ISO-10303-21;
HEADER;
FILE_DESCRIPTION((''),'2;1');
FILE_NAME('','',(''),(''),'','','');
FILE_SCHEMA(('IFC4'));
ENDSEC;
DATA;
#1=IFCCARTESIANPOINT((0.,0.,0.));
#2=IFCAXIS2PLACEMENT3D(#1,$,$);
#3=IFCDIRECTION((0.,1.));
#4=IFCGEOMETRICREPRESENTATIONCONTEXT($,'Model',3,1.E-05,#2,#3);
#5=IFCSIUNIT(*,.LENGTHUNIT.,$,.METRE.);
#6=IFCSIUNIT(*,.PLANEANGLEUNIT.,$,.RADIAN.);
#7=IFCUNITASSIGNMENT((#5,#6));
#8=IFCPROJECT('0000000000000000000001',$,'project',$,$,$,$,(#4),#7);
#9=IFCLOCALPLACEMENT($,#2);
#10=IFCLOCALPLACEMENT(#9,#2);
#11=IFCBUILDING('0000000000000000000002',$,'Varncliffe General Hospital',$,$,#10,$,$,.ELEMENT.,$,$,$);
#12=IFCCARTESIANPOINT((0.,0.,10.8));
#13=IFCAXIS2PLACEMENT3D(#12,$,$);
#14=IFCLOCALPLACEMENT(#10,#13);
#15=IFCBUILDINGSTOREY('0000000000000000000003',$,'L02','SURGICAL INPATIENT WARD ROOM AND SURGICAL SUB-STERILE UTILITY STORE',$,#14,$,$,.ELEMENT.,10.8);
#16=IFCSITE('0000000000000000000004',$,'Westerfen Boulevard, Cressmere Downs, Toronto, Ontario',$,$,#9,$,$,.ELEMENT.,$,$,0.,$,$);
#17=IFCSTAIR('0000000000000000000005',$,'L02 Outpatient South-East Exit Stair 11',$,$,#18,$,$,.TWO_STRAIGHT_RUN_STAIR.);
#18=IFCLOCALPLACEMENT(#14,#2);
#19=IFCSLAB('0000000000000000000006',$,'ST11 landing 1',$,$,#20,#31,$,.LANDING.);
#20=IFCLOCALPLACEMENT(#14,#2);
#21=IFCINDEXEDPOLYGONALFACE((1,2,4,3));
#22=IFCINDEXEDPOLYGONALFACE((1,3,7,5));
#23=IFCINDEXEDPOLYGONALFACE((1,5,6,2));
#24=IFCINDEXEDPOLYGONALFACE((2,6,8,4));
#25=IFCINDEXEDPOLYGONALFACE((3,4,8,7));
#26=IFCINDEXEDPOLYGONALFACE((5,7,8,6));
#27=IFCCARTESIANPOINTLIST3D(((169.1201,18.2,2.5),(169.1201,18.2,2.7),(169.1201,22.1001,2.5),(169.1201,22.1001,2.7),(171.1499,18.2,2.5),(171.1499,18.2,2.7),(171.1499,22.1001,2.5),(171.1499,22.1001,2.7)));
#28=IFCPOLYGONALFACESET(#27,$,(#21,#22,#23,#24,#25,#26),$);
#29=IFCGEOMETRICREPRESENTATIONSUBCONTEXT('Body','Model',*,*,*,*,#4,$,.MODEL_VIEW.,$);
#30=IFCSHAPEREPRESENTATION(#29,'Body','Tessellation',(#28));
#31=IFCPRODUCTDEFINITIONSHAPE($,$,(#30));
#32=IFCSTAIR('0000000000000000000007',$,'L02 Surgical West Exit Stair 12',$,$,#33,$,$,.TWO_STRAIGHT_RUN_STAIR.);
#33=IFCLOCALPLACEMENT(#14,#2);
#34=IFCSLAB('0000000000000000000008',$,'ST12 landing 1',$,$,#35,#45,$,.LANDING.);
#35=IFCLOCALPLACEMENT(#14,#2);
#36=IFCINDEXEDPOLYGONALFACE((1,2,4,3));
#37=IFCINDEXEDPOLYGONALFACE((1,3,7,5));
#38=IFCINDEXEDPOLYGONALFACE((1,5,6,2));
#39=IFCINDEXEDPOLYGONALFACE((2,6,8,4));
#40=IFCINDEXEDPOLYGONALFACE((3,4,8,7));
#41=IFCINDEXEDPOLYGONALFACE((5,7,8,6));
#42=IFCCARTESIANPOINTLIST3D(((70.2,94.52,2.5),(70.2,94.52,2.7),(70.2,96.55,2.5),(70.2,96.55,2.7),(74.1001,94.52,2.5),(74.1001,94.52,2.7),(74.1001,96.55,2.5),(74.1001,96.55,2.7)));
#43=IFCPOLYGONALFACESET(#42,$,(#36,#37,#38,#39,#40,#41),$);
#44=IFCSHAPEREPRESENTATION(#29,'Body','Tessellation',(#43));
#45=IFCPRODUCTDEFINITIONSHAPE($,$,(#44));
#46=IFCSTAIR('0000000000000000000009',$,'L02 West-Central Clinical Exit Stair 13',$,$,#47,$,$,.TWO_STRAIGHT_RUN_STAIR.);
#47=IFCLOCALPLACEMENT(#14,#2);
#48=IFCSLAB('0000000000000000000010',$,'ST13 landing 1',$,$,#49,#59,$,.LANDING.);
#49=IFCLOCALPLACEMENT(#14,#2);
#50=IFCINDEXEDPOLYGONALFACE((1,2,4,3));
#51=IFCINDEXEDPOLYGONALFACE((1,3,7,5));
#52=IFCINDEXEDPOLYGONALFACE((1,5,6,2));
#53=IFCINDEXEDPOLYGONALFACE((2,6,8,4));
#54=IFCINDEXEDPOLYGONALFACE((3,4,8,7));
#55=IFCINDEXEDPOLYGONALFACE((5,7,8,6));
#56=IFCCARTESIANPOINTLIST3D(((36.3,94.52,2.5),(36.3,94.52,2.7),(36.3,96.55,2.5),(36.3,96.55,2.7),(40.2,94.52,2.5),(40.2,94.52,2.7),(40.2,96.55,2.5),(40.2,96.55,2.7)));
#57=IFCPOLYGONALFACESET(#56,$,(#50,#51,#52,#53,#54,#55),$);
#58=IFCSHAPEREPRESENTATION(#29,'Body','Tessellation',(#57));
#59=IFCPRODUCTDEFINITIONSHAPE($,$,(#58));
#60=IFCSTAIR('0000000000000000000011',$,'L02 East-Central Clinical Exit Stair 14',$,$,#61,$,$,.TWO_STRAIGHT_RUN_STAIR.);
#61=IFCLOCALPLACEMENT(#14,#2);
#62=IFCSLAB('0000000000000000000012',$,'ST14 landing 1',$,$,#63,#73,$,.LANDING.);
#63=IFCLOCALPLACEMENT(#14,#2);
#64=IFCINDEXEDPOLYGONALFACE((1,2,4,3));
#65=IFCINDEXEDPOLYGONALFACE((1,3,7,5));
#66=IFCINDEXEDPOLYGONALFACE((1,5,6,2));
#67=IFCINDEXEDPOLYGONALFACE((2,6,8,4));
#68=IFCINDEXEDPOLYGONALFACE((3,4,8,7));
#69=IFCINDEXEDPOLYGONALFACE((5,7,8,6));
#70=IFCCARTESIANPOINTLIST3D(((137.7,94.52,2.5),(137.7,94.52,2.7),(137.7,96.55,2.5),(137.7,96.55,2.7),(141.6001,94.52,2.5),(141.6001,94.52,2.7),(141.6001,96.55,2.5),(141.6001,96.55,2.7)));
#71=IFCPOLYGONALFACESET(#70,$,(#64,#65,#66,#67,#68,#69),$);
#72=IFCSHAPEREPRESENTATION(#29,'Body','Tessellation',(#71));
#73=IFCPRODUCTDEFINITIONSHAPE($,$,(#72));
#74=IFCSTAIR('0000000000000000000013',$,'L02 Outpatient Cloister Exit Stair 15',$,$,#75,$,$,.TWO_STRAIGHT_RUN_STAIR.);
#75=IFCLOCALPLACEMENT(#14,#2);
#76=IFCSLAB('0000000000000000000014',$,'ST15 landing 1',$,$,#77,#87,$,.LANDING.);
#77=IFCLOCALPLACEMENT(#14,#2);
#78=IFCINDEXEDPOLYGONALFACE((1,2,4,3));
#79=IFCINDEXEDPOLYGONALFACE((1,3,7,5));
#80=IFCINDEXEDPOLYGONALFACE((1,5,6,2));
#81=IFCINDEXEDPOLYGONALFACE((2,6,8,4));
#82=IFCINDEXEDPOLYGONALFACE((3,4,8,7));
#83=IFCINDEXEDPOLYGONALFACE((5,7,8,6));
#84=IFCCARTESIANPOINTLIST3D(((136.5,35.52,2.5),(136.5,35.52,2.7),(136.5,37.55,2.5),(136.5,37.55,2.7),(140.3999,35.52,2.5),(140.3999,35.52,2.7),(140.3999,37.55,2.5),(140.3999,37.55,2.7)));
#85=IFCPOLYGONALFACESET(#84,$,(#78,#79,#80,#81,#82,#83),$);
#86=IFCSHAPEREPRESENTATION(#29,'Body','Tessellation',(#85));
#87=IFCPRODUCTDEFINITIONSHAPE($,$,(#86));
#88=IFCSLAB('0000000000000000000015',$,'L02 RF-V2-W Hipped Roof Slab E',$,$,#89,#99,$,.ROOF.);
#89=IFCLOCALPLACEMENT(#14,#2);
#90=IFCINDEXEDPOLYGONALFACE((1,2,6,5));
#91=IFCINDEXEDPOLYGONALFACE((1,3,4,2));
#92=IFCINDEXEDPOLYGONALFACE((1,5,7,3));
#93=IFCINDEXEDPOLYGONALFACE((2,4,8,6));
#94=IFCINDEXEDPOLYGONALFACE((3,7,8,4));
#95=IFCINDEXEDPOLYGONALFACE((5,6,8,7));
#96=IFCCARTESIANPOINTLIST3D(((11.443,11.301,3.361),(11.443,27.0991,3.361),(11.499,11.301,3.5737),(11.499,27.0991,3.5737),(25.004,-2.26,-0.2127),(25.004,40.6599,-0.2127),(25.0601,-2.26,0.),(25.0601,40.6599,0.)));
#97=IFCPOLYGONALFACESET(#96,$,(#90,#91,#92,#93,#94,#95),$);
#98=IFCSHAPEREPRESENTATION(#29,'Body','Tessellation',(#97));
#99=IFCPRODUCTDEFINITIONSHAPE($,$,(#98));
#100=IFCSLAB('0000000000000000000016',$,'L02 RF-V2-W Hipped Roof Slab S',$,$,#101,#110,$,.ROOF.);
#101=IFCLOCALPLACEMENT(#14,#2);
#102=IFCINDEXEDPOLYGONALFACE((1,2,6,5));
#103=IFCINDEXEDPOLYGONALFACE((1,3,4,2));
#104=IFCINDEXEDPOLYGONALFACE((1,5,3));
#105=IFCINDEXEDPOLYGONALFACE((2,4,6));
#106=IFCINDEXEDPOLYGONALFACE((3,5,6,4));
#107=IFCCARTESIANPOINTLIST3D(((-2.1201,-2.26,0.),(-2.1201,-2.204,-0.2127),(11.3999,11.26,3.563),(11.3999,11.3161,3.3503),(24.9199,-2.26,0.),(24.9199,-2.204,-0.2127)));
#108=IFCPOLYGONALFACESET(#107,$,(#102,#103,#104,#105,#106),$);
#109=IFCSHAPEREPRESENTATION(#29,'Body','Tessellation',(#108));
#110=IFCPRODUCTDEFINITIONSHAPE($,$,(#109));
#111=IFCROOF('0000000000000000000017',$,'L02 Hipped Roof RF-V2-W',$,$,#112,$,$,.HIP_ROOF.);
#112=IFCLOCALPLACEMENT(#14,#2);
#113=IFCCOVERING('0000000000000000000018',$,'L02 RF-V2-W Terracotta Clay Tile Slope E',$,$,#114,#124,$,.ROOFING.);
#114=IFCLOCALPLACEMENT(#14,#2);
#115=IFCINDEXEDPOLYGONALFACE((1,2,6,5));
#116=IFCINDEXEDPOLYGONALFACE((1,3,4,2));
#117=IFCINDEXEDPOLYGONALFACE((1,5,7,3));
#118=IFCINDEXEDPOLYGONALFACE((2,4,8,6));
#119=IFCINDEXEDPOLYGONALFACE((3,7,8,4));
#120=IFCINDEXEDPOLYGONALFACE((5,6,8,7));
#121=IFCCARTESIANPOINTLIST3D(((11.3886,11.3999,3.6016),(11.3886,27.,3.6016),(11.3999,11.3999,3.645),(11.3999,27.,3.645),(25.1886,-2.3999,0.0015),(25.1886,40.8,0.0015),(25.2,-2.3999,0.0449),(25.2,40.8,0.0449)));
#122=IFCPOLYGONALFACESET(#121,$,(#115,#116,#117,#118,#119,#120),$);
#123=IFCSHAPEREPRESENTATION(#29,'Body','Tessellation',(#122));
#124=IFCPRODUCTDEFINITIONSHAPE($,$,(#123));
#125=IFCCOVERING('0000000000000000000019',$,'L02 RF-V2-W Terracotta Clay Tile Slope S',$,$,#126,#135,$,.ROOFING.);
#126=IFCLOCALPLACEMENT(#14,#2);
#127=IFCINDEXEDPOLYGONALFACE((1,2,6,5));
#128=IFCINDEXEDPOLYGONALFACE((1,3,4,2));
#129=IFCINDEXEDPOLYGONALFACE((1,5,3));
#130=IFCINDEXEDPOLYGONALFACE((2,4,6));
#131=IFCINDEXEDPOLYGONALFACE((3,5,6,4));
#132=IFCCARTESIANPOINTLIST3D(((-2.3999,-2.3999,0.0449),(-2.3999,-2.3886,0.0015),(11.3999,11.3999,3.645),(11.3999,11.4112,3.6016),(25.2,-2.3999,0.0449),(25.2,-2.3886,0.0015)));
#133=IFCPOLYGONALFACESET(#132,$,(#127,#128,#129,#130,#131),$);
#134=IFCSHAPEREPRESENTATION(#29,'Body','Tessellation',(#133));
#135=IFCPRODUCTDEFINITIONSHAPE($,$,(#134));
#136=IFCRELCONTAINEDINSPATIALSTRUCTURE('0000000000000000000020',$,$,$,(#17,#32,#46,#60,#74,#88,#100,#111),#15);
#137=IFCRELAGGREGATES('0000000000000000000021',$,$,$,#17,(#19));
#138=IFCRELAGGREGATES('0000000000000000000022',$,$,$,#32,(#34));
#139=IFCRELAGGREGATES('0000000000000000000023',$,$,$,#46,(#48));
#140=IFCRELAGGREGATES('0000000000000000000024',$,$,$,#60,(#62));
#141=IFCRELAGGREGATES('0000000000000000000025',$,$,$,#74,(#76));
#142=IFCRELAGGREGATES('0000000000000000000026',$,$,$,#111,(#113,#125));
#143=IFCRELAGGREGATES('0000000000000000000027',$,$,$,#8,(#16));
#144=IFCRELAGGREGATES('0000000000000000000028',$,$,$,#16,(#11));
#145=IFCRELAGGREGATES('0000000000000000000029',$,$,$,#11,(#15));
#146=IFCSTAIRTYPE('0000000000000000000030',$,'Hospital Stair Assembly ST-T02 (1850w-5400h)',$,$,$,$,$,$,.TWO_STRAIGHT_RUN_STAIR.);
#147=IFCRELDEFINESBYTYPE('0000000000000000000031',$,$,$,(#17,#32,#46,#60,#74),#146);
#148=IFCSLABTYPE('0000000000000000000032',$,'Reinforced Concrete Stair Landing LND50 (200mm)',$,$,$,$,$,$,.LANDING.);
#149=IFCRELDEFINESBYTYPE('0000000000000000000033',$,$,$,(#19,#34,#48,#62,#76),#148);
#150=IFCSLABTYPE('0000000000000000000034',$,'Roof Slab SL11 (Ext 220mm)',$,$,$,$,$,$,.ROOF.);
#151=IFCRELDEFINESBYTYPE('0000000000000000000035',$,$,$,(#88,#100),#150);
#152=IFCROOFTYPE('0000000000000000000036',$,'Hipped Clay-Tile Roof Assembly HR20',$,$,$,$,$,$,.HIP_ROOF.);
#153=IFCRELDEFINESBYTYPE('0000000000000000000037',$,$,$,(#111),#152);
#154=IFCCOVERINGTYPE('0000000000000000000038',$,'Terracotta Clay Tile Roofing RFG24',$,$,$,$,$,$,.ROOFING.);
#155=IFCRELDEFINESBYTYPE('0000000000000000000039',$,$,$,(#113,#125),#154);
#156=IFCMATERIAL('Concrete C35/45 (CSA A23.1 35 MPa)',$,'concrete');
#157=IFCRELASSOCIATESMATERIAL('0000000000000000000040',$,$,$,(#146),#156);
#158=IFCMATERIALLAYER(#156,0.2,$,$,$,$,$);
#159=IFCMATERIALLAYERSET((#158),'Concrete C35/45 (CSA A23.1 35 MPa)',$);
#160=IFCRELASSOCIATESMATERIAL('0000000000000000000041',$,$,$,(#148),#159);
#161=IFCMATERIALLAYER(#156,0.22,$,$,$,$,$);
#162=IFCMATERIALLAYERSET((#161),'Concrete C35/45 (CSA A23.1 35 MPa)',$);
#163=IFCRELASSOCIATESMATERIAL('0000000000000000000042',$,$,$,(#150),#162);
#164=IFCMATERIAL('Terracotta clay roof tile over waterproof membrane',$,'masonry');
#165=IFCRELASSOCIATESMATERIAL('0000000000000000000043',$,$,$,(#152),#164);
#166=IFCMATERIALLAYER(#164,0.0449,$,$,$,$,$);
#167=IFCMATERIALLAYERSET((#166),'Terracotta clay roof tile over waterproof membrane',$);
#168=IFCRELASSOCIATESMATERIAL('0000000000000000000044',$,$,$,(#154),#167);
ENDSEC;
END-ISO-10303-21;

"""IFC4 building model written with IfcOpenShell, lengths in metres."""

from ifc_helpers import new_model, si_unit, direction, frame, origin, place, context, subcontext, project, spatial, polyline, outline, extrude, material, layer, layer_set, type_object, element, aggregate, save


model = new_model("IFC4")

# Units and contexts
model_context = context("Model", 3, precision=1e-05, world=origin(), true_north=direction((0.0, 1.0)))
body_context = subcontext(model_context, "Body", "Model", "MODEL_VIEW")
ifc_project = project(units=[si_unit("LENGTHUNIT", "METRE"), si_unit("PLANEANGLEUNIT", "RADIAN")], contexts=[model_context])

# Site, building, storey
site_placement = place(None, origin())
site = spatial("IfcSite", under=ifc_project, at=site_placement, Name="Westerfen Boulevard, Cressmere Downs, Toronto, Ontario", CompositionType="ELEMENT", RefElevation=0.0)
building_placement = place(site_placement, origin())
building = spatial("IfcBuilding", under=site, at=building_placement, Name="Varncliffe General Hospital", CompositionType="ELEMENT")
storey_placement = place(building_placement, frame((0.0, 0.0, 10.8)))
storey = spatial("IfcBuildingStorey", under=building, at=storey_placement, Name="L02", Description="SURGICAL INPATIENT WARD ROOM AND SURGICAL SUB-STERILE UTILITY STORE", CompositionType="ELEMENT", Elevation=10.8)

# Shared definitions
ifc_material_1 = material(Name="Concrete C35/45 (CSA A23.1 35 MPa)", Category="concrete")

# Stairs, slabs
stair_type = type_object("IfcStairType", Name="Hospital Stair Assembly ST-T02 (1850w-5400h)", PredefinedType="TWO_STRAIGHT_RUN_STAIR", material=ifc_material_1)
ifc_layer_1 = layer(ifc_material_1, 0.2)
ifc_layer_set_1 = layer_set([ifc_layer_1], Name="Concrete C35/45 (CSA A23.1 35 MPa)")
slab_type_1 = type_object("IfcSlabType", Name="Reinforced Concrete Stair Landing LND50 (200mm)", PredefinedType="LANDING", material=ifc_layer_set_1)
stair_1_placement = place(storey_placement, origin())
stair_1 = element("IfcStair", 1, at=stair_1_placement, inside=storey, type_object=stair_type, Name="L02 Outpatient South-East Exit Stair 11", PredefinedType="TWO_STRAIGHT_RUN_STAIR")
slab_1_placement = place(storey_placement, frame((0.0, 0.0, 2.5)))
slab_1 = element("IfcSlab", 2, at=slab_1_placement, type_object=slab_type_1, Name="ST11 landing 1", PredefinedType="LANDING", context=body_context, shape_type="SweptSolid", body=[
    extrude(outline(polyline([(169.1201, 18.2), (171.1499, 18.2), (171.1499, 22.1001), (169.1201, 22.1001), (169.1201, 18.2)])), origin(), (0.0, 0.0, 1.0), 0.2),
])
aggregate(stair_1, [slab_1])
stair_2_placement = place(storey_placement, origin())
stair_2 = element("IfcStair", 3, at=stair_2_placement, inside=storey, type_object=stair_type, Name="L02 Surgical West Exit Stair 12", PredefinedType="TWO_STRAIGHT_RUN_STAIR")
slab_2_placement = place(storey_placement, frame((0.0, 0.0, 2.5)))
slab_2 = element("IfcSlab", 4, at=slab_2_placement, type_object=slab_type_1, Name="ST12 landing 1", PredefinedType="LANDING", context=body_context, shape_type="SweptSolid", body=[
    extrude(outline(polyline([(74.1001, 94.52), (74.1001, 96.55), (70.2, 96.55), (70.2, 94.52), (74.1001, 94.52)])), origin(), (0.0, 0.0, 1.0), 0.2),
])
aggregate(stair_2, [slab_2])
stair_3_placement = place(storey_placement, origin())
stair_3 = element("IfcStair", 5, at=stair_3_placement, inside=storey, type_object=stair_type, Name="L02 West-Central Clinical Exit Stair 13", PredefinedType="TWO_STRAIGHT_RUN_STAIR")
slab_3_placement = place(storey_placement, frame((0.0, 0.0, 2.5)))
slab_3 = element("IfcSlab", 6, at=slab_3_placement, type_object=slab_type_1, Name="ST13 landing 1", PredefinedType="LANDING", context=body_context, shape_type="SweptSolid", body=[
    extrude(outline(polyline([(40.2, 94.52), (40.2, 96.55), (36.3, 96.55), (36.3, 94.52), (40.2, 94.52)])), origin(), (0.0, 0.0, 1.0), 0.2),
])
aggregate(stair_3, [slab_3])
stair_4_placement = place(storey_placement, origin())
stair_4 = element("IfcStair", 7, at=stair_4_placement, inside=storey, type_object=stair_type, Name="L02 East-Central Clinical Exit Stair 14", PredefinedType="TWO_STRAIGHT_RUN_STAIR")
slab_4_placement = place(storey_placement, frame((0.0, 0.0, 2.5)))
slab_4 = element("IfcSlab", 8, at=slab_4_placement, type_object=slab_type_1, Name="ST14 landing 1", PredefinedType="LANDING", context=body_context, shape_type="SweptSolid", body=[
    extrude(outline(polyline([(141.6001, 94.52), (141.6001, 96.55), (137.7, 96.55), (137.7, 94.52), (141.6001, 94.52)])), origin(), (0.0, 0.0, 1.0), 0.2),
])
aggregate(stair_4, [slab_4])
stair_5_placement = place(storey_placement, origin())
stair_5 = element("IfcStair", 9, at=stair_5_placement, inside=storey, type_object=stair_type, Name="L02 Outpatient Cloister Exit Stair 15", PredefinedType="TWO_STRAIGHT_RUN_STAIR")
slab_5_placement = place(storey_placement, frame((0.0, 0.0, 2.5)))
slab_5 = element("IfcSlab", 10, at=slab_5_placement, type_object=slab_type_1, Name="ST15 landing 1", PredefinedType="LANDING", context=body_context, shape_type="SweptSolid", body=[
    extrude(outline(polyline([(140.3999, 35.52), (140.3999, 37.55), (136.5, 37.55), (136.5, 35.52), (140.3999, 35.52)])), origin(), (0.0, 0.0, 1.0), 0.2),
])
aggregate(stair_5, [slab_5])

# Slabs
ifc_layer_2 = layer(ifc_material_1, 0.22)
ifc_layer_set_2 = layer_set([ifc_layer_2], Name="Concrete C35/45 (CSA A23.1 35 MPa)")
slab_type_2 = type_object("IfcSlabType", Name="Roof Slab SL11 (Ext 220mm)", PredefinedType="ROOF", material=ifc_layer_set_2)
slab_6_placement = place(storey_placement, frame((25.0601, -2.26, 0.0), z_axis=(0.254829, 0.0, 0.966986), x_axis=(0.0, 1.0, 0.0)))
element("IfcSlab", 11, at=slab_6_placement, inside=storey, type_object=slab_type_2, Name="L02 RF-V2-W Hipped Roof Slab E", PredefinedType="ROOF", context=body_context, shape_type="SweptSolid", body=[
    extrude(outline(polyline([(0.0, 0.0), (42.9199, 0.0), (29.3591, 14.024), (13.561, 14.024), (0.0, 0.0)])), origin(), (0.0, 0.0, -1.0), 0.22),
])
slab_7_placement = place(storey_placement, frame((-2.1201, -2.26, 0.0), z_axis=(0.0, -0.254834, 0.966985), x_axis=(1.0, 0.0, 0.0)))
element("IfcSlab", 12, at=slab_7_placement, inside=storey, type_object=slab_type_2, Name="L02 RF-V2-W Hipped Roof Slab S", PredefinedType="ROOF", context=body_context, shape_type="SweptSolid", body=[
    extrude(outline(polyline([(0.0, 0.0), (27.04, 0.0), (13.52, 13.9816), (0.0, 0.0)])), origin(), (0.0, 0.0, -1.0), 0.22),
])

# Roof, coverings
ifc_material_2 = material(Name="Terracotta clay roof tile over waterproof membrane", Category="masonry")
roof_type = type_object("IfcRoofType", Name="Hipped Clay-Tile Roof Assembly HR20", PredefinedType="HIP_ROOF", material=ifc_material_2)
roof_placement = place(storey_placement, origin())
roof = element("IfcRoof", 13, at=roof_placement, inside=storey, type_object=roof_type, Name="L02 Hipped Roof RF-V2-W", PredefinedType="HIP_ROOF")
ifc_layer_3 = layer(ifc_material_2, 0.0449)
ifc_layer_set_3 = layer_set([ifc_layer_3], Name="Terracotta clay roof tile over waterproof membrane")
covering_type = type_object("IfcCoveringType", Name="Terracotta Clay Tile Roofing RFG24", PredefinedType="ROOFING", material=ifc_layer_set_3)
covering_1_placement = place(storey_placement, frame((25.2, -2.3999, 0.0449), z_axis=(0.252427, 0.0, 0.967616), x_axis=(0.0, 1.0, 0.0)))
covering_1 = element("IfcCovering", 14, at=covering_1_placement, type_object=covering_type, Name="L02 RF-V2-W Terracotta Clay Tile Slope E", PredefinedType="ROOFING", context=body_context, shape_type="SweptSolid", body=[
    extrude(outline(polyline([(0.0, 0.0), (43.2, 0.0), (29.3999, 14.2619), (13.7998, 14.2619), (0.0, 0.0)])), origin(), (0.0, 0.0, -1.0), 0.0449),
])
covering_2_placement = place(storey_placement, frame((-2.3999, -2.3999, 0.0449), z_axis=(0.0, -0.252432, 0.967615), x_axis=(1.0, 0.0, 0.0)))
covering_2 = element("IfcCovering", 15, at=covering_2_placement, type_object=covering_type, Name="L02 RF-V2-W Terracotta Clay Tile Slope S", PredefinedType="ROOFING", context=body_context, shape_type="SweptSolid", body=[
    extrude(outline(polyline([(0.0, 0.0), (27.5999, 0.0), (13.7998, 14.2617), (0.0, 0.0)])), origin(), (0.0, 0.0, -1.0), 0.0449),
])
aggregate(roof, [covering_1, covering_2])

save(model, "model.ifc")
